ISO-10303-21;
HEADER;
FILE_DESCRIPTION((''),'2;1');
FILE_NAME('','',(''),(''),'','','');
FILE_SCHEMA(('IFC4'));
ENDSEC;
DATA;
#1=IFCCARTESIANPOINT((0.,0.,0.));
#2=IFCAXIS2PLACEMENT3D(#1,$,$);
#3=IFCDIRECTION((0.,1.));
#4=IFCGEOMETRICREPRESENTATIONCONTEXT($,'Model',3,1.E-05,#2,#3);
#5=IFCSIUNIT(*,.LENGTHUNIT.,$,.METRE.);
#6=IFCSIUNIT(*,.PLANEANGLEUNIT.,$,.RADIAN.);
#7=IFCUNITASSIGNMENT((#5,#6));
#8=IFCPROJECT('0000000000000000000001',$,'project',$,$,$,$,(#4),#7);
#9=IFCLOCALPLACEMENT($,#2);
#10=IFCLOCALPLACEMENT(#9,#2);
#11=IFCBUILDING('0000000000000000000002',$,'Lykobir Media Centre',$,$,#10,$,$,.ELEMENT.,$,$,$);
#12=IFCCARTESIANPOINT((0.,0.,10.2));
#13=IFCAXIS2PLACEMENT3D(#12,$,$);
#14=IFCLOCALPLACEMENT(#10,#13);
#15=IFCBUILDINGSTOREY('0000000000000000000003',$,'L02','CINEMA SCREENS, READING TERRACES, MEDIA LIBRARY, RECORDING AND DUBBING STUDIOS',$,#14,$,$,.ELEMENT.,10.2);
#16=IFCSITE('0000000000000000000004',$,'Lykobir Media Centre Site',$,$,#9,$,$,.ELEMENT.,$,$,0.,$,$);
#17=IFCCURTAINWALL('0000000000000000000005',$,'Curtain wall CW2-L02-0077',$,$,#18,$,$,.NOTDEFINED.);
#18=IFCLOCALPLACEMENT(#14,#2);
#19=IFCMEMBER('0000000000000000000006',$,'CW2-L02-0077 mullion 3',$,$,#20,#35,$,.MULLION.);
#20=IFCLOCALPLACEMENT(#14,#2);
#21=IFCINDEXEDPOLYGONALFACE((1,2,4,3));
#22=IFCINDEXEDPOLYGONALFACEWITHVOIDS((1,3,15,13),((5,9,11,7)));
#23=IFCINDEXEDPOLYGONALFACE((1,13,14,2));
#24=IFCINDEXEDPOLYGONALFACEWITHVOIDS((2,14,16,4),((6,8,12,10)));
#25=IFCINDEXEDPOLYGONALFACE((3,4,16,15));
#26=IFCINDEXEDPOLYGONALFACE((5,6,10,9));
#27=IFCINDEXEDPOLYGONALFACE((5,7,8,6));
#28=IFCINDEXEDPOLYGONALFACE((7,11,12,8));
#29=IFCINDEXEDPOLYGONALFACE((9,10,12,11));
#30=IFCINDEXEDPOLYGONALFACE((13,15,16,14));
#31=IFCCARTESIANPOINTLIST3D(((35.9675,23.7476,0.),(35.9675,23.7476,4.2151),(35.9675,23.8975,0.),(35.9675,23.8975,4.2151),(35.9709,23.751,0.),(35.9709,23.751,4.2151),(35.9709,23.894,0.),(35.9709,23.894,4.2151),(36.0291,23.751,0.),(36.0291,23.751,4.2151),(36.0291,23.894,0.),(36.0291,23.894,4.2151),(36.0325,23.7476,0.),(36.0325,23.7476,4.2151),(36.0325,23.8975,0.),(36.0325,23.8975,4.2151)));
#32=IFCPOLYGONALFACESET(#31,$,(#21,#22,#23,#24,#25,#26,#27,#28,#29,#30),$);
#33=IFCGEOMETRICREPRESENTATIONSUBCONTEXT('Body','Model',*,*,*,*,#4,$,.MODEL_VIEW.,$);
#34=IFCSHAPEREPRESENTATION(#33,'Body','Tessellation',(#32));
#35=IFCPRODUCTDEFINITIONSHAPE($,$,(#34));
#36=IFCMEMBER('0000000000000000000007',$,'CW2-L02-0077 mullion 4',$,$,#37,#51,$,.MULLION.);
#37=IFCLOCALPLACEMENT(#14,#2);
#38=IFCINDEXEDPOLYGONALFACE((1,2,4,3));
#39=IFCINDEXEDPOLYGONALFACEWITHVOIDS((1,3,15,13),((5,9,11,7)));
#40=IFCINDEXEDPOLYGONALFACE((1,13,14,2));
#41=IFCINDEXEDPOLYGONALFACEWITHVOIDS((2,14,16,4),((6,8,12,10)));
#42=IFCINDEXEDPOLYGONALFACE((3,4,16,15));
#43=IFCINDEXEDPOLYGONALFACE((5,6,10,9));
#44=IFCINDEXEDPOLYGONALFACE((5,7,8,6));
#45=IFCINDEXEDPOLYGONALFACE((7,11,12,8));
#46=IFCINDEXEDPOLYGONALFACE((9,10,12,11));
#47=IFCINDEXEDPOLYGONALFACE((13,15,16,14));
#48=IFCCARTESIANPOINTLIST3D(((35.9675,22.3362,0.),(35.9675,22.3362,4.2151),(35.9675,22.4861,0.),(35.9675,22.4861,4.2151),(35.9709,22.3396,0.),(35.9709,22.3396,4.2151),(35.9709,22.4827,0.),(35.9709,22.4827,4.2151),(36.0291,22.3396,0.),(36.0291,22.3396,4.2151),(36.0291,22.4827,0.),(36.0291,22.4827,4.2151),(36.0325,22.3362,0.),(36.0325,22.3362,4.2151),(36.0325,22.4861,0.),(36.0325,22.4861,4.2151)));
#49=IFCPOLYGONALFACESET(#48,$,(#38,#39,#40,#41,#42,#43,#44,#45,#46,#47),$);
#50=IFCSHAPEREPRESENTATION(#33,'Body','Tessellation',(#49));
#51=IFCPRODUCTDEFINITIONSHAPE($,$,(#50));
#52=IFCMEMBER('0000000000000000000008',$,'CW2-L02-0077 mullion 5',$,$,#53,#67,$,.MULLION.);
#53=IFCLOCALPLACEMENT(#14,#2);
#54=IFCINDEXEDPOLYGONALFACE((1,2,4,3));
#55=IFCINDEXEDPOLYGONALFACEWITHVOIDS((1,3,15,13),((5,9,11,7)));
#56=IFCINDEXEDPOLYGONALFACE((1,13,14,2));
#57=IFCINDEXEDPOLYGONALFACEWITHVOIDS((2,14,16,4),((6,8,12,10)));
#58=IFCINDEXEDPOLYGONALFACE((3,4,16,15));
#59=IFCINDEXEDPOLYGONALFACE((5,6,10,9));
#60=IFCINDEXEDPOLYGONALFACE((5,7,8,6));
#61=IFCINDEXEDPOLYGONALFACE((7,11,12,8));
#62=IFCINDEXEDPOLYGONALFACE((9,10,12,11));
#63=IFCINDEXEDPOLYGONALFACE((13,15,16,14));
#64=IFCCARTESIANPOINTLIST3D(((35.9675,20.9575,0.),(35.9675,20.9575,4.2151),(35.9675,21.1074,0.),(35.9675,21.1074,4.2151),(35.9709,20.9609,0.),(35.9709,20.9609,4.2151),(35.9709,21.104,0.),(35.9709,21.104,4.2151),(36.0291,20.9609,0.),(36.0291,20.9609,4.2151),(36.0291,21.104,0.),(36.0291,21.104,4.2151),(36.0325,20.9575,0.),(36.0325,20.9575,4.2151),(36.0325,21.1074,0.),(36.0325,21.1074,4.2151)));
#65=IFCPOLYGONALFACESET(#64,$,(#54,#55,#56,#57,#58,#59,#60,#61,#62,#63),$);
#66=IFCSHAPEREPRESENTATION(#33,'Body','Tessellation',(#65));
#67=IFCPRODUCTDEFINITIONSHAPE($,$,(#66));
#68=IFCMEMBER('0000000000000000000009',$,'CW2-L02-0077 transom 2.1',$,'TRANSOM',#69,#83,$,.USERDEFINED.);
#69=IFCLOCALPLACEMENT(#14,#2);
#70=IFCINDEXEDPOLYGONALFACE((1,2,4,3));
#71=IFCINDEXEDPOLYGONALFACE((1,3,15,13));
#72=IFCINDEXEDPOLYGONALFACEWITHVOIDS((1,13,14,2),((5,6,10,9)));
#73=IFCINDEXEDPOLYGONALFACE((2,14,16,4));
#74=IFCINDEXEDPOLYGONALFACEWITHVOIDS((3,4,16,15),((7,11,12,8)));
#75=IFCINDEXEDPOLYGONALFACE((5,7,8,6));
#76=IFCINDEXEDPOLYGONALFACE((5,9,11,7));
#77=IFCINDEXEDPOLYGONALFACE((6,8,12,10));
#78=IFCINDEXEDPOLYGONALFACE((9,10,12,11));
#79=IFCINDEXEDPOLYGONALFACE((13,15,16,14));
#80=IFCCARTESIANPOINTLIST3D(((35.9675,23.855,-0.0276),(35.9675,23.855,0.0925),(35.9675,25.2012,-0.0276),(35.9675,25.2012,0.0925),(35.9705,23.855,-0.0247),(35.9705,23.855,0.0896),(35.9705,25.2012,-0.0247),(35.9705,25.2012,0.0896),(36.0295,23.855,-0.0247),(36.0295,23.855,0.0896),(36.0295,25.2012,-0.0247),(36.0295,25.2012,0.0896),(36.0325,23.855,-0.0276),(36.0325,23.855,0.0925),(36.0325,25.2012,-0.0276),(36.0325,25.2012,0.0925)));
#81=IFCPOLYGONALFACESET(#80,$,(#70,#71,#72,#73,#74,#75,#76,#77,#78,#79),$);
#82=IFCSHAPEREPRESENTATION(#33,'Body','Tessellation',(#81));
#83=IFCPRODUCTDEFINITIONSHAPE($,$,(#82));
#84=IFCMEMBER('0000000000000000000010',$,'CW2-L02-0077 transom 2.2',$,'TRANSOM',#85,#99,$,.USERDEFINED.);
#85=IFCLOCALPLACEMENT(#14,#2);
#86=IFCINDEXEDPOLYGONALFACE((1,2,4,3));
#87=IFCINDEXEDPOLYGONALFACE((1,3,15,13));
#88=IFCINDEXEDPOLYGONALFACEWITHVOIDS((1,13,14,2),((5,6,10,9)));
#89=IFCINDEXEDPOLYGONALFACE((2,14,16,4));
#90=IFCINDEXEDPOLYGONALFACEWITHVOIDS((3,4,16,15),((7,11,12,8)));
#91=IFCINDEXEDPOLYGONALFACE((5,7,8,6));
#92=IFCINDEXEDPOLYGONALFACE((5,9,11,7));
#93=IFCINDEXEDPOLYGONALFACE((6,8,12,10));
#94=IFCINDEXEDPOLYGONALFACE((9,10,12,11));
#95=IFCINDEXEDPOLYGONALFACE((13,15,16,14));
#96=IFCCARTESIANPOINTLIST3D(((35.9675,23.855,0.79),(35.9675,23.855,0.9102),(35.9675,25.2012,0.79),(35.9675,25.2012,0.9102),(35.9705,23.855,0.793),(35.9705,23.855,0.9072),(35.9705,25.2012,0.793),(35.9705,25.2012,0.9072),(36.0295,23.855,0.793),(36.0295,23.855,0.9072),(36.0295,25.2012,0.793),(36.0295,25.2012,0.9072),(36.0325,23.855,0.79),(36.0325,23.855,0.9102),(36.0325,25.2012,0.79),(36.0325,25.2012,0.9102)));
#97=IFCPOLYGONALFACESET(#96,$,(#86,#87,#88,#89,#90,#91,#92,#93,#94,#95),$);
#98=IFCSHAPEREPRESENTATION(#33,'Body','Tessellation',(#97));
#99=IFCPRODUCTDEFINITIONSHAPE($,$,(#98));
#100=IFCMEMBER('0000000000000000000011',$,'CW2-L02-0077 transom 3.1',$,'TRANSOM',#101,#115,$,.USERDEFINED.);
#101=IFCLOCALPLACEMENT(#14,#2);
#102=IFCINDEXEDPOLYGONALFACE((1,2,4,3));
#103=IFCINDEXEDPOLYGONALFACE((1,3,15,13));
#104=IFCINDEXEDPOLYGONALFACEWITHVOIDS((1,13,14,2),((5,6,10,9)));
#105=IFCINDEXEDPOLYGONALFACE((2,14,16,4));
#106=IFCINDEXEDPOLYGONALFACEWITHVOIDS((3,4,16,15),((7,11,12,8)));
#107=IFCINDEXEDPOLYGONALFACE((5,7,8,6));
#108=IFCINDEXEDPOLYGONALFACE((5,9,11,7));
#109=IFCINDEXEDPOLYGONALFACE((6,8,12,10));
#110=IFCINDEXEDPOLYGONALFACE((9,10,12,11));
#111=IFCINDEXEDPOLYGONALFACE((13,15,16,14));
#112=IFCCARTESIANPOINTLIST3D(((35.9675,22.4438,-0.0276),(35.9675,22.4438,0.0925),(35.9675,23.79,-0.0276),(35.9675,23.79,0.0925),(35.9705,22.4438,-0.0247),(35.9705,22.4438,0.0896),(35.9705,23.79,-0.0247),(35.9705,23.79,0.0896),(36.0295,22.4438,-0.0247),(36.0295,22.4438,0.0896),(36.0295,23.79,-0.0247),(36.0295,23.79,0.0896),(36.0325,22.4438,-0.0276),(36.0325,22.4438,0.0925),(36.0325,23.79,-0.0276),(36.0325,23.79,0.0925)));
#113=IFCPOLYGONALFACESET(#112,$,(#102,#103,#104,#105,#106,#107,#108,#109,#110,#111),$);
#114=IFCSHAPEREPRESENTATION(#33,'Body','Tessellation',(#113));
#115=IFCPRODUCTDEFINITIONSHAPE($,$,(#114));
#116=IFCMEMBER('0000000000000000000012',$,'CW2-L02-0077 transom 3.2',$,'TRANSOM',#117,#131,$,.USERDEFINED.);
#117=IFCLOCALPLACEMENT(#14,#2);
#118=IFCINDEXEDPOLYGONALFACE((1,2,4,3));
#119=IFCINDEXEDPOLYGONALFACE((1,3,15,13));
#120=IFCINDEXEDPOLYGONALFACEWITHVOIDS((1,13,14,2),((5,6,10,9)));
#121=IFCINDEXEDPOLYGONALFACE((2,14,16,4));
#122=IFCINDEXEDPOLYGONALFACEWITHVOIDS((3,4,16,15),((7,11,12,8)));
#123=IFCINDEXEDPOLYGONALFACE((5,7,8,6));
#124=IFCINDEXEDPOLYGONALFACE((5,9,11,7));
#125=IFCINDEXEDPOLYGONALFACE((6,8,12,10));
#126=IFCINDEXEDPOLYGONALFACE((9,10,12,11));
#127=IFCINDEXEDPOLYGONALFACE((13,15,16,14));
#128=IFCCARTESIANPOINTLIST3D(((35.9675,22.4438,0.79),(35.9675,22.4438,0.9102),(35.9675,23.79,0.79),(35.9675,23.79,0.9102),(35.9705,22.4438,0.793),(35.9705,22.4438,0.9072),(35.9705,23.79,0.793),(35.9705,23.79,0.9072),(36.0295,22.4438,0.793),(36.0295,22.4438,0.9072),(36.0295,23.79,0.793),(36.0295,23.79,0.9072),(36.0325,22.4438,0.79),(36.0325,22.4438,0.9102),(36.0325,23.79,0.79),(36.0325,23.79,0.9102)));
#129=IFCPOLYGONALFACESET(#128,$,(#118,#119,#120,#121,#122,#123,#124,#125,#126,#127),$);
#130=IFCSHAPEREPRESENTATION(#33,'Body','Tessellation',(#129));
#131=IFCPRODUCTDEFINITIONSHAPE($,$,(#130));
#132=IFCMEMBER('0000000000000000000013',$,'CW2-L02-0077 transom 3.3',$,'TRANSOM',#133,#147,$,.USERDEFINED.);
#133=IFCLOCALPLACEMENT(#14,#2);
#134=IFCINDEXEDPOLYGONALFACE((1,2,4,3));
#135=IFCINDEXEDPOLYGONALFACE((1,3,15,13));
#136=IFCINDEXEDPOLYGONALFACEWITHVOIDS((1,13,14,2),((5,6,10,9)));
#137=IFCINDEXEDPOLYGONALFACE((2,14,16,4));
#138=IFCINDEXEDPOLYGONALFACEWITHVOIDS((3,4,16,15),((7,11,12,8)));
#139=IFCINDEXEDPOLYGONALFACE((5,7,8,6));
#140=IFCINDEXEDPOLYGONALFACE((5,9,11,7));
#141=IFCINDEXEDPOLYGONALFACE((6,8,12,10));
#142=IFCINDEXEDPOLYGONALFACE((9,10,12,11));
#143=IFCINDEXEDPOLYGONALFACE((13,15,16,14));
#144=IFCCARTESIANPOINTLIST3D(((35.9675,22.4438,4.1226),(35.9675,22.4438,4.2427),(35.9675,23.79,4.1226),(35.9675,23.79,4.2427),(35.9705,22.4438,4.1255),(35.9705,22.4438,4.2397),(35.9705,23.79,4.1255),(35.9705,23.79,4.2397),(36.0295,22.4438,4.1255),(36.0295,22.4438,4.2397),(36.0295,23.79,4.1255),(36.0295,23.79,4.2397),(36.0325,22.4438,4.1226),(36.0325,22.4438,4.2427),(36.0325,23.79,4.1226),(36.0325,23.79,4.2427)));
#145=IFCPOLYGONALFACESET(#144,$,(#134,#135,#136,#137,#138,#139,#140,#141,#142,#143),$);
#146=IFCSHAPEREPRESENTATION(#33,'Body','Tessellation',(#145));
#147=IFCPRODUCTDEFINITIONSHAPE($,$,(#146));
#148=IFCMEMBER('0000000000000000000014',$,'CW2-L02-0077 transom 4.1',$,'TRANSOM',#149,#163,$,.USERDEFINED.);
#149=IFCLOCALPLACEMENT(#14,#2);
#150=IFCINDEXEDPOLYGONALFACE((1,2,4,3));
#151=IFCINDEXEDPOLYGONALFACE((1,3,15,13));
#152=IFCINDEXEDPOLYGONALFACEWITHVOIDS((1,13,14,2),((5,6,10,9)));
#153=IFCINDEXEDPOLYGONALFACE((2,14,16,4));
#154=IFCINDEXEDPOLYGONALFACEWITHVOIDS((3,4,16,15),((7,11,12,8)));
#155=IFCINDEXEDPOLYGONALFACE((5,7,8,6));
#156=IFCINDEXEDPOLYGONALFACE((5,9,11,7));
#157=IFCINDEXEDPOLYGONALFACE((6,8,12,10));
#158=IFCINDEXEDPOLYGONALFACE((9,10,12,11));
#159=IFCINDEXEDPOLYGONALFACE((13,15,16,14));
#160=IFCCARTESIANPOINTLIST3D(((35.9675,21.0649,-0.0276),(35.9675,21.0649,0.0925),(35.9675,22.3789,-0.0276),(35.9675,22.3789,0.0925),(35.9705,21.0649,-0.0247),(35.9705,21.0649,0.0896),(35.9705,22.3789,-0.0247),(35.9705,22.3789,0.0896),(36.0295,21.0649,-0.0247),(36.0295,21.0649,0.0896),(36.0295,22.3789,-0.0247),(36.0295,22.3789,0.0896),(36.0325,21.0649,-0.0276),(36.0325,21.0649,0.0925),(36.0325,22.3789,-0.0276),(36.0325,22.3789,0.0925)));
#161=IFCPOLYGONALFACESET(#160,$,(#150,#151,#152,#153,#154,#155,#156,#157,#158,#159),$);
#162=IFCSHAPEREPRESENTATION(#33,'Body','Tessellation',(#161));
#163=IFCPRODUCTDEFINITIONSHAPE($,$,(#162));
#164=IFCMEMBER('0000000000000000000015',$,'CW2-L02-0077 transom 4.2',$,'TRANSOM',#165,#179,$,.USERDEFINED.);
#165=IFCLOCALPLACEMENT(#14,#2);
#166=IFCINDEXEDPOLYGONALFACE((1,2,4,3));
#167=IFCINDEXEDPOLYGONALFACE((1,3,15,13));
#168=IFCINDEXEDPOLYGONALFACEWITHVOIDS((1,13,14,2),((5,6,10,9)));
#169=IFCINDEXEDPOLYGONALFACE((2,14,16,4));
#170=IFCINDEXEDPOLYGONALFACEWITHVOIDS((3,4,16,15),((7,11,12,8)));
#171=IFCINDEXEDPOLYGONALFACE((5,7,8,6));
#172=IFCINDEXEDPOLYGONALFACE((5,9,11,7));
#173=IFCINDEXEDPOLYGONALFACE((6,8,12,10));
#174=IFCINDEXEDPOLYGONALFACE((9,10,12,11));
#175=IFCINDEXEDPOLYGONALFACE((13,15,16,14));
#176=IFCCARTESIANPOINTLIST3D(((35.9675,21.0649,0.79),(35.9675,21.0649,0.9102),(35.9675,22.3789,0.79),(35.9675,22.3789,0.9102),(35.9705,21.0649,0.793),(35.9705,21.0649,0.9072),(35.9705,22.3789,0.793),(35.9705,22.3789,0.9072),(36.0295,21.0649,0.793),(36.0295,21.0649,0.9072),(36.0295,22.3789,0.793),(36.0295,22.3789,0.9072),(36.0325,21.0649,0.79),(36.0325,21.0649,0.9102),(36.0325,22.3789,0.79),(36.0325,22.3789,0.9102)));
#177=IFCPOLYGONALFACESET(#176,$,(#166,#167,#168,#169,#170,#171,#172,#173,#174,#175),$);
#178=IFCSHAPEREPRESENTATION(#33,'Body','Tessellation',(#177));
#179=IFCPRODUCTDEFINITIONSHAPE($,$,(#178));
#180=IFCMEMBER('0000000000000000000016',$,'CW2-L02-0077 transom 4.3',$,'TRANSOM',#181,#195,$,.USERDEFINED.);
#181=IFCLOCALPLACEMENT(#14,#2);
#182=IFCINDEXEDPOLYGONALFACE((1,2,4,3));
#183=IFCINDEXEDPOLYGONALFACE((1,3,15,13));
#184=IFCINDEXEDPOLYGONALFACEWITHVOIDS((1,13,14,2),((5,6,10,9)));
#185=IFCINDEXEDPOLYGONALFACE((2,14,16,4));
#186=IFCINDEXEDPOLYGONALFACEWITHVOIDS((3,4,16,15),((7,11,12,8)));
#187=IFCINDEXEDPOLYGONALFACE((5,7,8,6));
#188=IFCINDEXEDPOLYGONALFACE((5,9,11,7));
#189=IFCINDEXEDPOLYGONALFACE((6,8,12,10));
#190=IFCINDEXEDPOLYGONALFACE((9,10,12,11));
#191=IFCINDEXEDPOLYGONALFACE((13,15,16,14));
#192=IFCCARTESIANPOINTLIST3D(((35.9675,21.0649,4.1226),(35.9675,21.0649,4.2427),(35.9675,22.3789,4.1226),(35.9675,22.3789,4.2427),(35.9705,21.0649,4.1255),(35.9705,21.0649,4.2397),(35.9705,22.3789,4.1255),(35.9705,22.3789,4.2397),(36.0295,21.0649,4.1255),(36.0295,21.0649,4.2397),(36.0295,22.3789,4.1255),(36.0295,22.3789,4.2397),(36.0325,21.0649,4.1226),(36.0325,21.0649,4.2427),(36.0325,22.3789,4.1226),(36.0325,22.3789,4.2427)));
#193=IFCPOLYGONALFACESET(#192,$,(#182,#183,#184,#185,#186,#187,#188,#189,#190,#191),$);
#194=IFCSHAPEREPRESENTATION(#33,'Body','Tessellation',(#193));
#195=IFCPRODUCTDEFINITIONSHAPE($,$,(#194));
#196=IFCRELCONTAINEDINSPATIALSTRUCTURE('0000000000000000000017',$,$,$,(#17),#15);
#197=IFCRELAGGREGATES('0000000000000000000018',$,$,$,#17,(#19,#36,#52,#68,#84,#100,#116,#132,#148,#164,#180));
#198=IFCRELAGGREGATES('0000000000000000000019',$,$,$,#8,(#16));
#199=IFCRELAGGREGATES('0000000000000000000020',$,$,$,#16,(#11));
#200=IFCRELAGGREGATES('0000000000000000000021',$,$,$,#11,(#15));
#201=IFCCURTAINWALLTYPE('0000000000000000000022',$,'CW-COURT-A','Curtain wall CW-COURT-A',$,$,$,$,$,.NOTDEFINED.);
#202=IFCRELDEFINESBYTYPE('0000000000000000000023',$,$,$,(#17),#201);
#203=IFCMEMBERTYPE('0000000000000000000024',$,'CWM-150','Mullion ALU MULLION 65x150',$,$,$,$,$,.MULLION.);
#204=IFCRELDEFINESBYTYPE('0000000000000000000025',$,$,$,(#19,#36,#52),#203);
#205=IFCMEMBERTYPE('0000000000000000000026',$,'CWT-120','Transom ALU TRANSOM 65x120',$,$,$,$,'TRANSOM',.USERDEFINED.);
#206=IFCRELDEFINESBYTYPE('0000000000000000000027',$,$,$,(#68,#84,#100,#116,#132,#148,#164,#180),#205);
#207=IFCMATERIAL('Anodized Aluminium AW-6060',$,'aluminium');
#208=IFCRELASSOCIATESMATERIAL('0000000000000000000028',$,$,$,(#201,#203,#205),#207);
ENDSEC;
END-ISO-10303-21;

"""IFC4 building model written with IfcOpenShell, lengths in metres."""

from ifc_helpers import new_model, si_unit, direction, frame, origin, origin_2d, place, context, subcontext, project, spatial, hollow_rectangle, extrude, material, material_profile, profile_set, type_object, element, aggregate, save


model = new_model("IFC4")

# Units and contexts
model_context = context("Model", 3, precision=1e-05, world=origin(), true_north=direction((0.0, 1.0)))
body_context = subcontext(model_context, "Body", "Model", "MODEL_VIEW")
ifc_project = project(units=[si_unit("LENGTHUNIT", "METRE"), si_unit("PLANEANGLEUNIT", "RADIAN")], contexts=[model_context])

# Site, building, storey
site_placement = place(None, origin())
site = spatial("IfcSite", under=ifc_project, at=site_placement, Name="Lykobir Media Centre Site", CompositionType="ELEMENT", RefElevation=0.0)
building_placement = place(site_placement, origin())
building = spatial("IfcBuilding", under=site, at=building_placement, Name="Lykobir Media Centre", CompositionType="ELEMENT")
storey_placement = place(building_placement, frame((0.0, 0.0, 10.2)))
storey = spatial("IfcBuildingStorey", under=building, at=storey_placement, Name="L02", Description="CINEMA SCREENS, READING TERRACES, MEDIA LIBRARY, RECORDING AND DUBBING STUDIOS", CompositionType="ELEMENT", Elevation=10.2)

# Curtain wall, members
ifc_material_1 = material(Name="Anodized Aluminium AW-6060", Category="aluminium")
curtain_wall_type = type_object("IfcCurtainWallType", Name="CW-COURT-A", Description="Curtain wall CW-COURT-A", PredefinedType="NOTDEFINED", material=ifc_material_1)
curtain_wall_placement = place(storey_placement, origin())
curtain_wall = element("IfcCurtainWall", 1, at=curtain_wall_placement, inside=storey, type_object=curtain_wall_type, Name="Curtain wall CW2-L02-0077", PredefinedType="NOTDEFINED")
ifc_material_profile_1 = material_profile(ifc_material_1, hollow_rectangle(XDim=0.0649, YDim=0.1499, WallThickness=0.0034, at=origin_2d()), Name="ALU MULLION 65x150")
ifc_profile_set_1 = profile_set([ifc_material_profile_1], Name="Anodized Aluminium AW-6060")
member_type_1 = type_object("IfcMemberType", Name="CWM-150", Description="Mullion ALU MULLION 65x150", PredefinedType="MULLION", material=ifc_profile_set_1)
member_1_placement = place(storey_placement, frame((36.0, 23.8225, 0.0), z_axis=(0.0, 0.0, 1.0), x_axis=(1.0, 0.0, 0.0)))
member_1 = element("IfcMember", 2, at=member_1_placement, type_object=member_type_1, Name="CW2-L02-0077 mullion 3", PredefinedType="MULLION", context=body_context, shape_type="SweptSolid", body=[
    extrude(hollow_rectangle(XDim=0.0649, YDim=0.1499, WallThickness=0.0034, at=origin_2d()), origin(), (0.0, 0.0, 1.0), 4.2151),
])
member_2_placement = place(storey_placement, frame((36.0, 22.4111, 0.0), z_axis=(0.0, 0.0, 1.0), x_axis=(1.0, 0.0, 0.0)))
member_2 = element("IfcMember", 3, at=member_2_placement, type_object=member_type_1, Name="CW2-L02-0077 mullion 4", PredefinedType="MULLION", context=body_context, shape_type="SweptSolid", body=[
    extrude(hollow_rectangle(XDim=0.0649, YDim=0.1499, WallThickness=0.0034, at=origin_2d()), origin(), (0.0, 0.0, 1.0), 4.2151),
])
member_3_placement = place(storey_placement, frame((36.0, 21.0325, 0.0), z_axis=(0.0, 0.0, 1.0), x_axis=(1.0, 0.0, 0.0)))
member_3 = element("IfcMember", 4, at=member_3_placement, type_object=member_type_1, Name="CW2-L02-0077 mullion 5", PredefinedType="MULLION", context=body_context, shape_type="SweptSolid", body=[
    extrude(hollow_rectangle(XDim=0.0649, YDim=0.1499, WallThickness=0.0034, at=origin_2d()), origin(), (0.0, 0.0, 1.0), 4.2151),
])
ifc_material_profile_2 = material_profile(ifc_material_1, hollow_rectangle(XDim=0.0649, YDim=0.1201, WallThickness=0.0029, at=origin_2d()), Name="ALU TRANSOM 65x120")
ifc_profile_set_2 = profile_set([ifc_material_profile_2], Name="Anodized Aluminium AW-6060")
member_type_2 = type_object("IfcMemberType", Name="CWT-120", Description="Transom ALU TRANSOM 65x120", ElementType="TRANSOM", PredefinedType="USERDEFINED", material=ifc_profile_set_2)
member_4_placement = place(storey_placement, frame((36.0, 25.2012, 0.0325), z_axis=(0.0, -1.0, 0.0), x_axis=(1.0, 0.0, 0.0)))
member_4 = element("IfcMember", 5, at=member_4_placement, type_object=member_type_2, Name="CW2-L02-0077 transom 2.1", ObjectType="TRANSOM", PredefinedType="USERDEFINED", context=body_context, shape_type="SweptSolid", body=[
    extrude(hollow_rectangle(XDim=0.0649, YDim=0.1201, WallThickness=0.0029, at=origin_2d()), origin(), (0.0, 0.0, 1.0), 1.3462),
])
member_5_placement = place(storey_placement, frame((36.0, 25.2012, 0.8501), z_axis=(0.0, -1.0, 0.0), x_axis=(1.0, 0.0, 0.0)))
member_5 = element("IfcMember", 6, at=member_5_placement, type_object=member_type_2, Name="CW2-L02-0077 transom 2.2", ObjectType="TRANSOM", PredefinedType="USERDEFINED", context=body_context, shape_type="SweptSolid", body=[
    extrude(hollow_rectangle(XDim=0.0649, YDim=0.1201, WallThickness=0.0029, at=origin_2d()), origin(), (0.0, 0.0, 1.0), 1.3462),
])
member_6_placement = place(storey_placement, frame((36.0, 23.79, 0.0325), z_axis=(0.0, -1.0, 0.0), x_axis=(1.0, 0.0, 0.0)))
member_6 = element("IfcMember", 7, at=member_6_placement, type_object=member_type_2, Name="CW2-L02-0077 transom 3.1", ObjectType="TRANSOM", PredefinedType="USERDEFINED", context=body_context, shape_type="SweptSolid", body=[
    extrude(hollow_rectangle(XDim=0.0649, YDim=0.1201, WallThickness=0.0029, at=origin_2d()), origin(), (0.0, 0.0, 1.0), 1.3462),
])
member_7_placement = place(storey_placement, frame((36.0, 23.79, 0.8501), z_axis=(0.0, -1.0, 0.0), x_axis=(1.0, 0.0, 0.0)))
member_7 = element("IfcMember", 8, at=member_7_placement, type_object=member_type_2, Name="CW2-L02-0077 transom 3.2", ObjectType="TRANSOM", PredefinedType="USERDEFINED", context=body_context, shape_type="SweptSolid", body=[
    extrude(hollow_rectangle(XDim=0.0649, YDim=0.1201, WallThickness=0.0029, at=origin_2d()), origin(), (0.0, 0.0, 1.0), 1.3462),
])
member_8_placement = place(storey_placement, frame((36.0, 23.79, 4.1826), z_axis=(0.0, -1.0, 0.0), x_axis=(1.0, 0.0, 0.0)))
member_8 = element("IfcMember", 9, at=member_8_placement, type_object=member_type_2, Name="CW2-L02-0077 transom 3.3", ObjectType="TRANSOM", PredefinedType="USERDEFINED", context=body_context, shape_type="SweptSolid", body=[
    extrude(hollow_rectangle(XDim=0.0649, YDim=0.1201, WallThickness=0.0029, at=origin_2d()), origin(), (0.0, 0.0, 1.0), 1.3462),
])
member_9_placement = place(storey_placement, frame((36.0, 22.3789, 0.0325), z_axis=(0.0, -1.0, 0.0), x_axis=(1.0, 0.0, 0.0)))
member_9 = element("IfcMember", 10, at=member_9_placement, type_object=member_type_2, Name="CW2-L02-0077 transom 4.1", ObjectType="TRANSOM", PredefinedType="USERDEFINED", context=body_context, shape_type="SweptSolid", body=[
    extrude(hollow_rectangle(XDim=0.0649, YDim=0.1201, WallThickness=0.0029, at=origin_2d()), origin(), (0.0, 0.0, 1.0), 1.314),
])
member_10_placement = place(storey_placement, frame((36.0, 22.3789, 0.8501), z_axis=(0.0, -1.0, 0.0), x_axis=(1.0, 0.0, 0.0)))
member_10 = element("IfcMember", 11, at=member_10_placement, type_object=member_type_2, Name="CW2-L02-0077 transom 4.2", ObjectType="TRANSOM", PredefinedType="USERDEFINED", context=body_context, shape_type="SweptSolid", body=[
    extrude(hollow_rectangle(XDim=0.0649, YDim=0.1201, WallThickness=0.0029, at=origin_2d()), origin(), (0.0, 0.0, 1.0), 1.314),
])
member_11_placement = place(storey_placement, frame((36.0, 22.3789, 4.1826), z_axis=(0.0, -1.0, 0.0), x_axis=(1.0, 0.0, 0.0)))
member_11 = element("IfcMember", 12, at=member_11_placement, type_object=member_type_2, Name="CW2-L02-0077 transom 4.3", ObjectType="TRANSOM", PredefinedType="USERDEFINED", context=body_context, shape_type="SweptSolid", body=[
    extrude(hollow_rectangle(XDim=0.0649, YDim=0.1201, WallThickness=0.0029, at=origin_2d()), origin(), (0.0, 0.0, 1.0), 1.314),
])

aggregate(curtain_wall, [member_1, member_2, member_3, member_4, member_5, member_6, member_7, member_8, member_9, member_10, member_11])

save(model, "model.ifc")
